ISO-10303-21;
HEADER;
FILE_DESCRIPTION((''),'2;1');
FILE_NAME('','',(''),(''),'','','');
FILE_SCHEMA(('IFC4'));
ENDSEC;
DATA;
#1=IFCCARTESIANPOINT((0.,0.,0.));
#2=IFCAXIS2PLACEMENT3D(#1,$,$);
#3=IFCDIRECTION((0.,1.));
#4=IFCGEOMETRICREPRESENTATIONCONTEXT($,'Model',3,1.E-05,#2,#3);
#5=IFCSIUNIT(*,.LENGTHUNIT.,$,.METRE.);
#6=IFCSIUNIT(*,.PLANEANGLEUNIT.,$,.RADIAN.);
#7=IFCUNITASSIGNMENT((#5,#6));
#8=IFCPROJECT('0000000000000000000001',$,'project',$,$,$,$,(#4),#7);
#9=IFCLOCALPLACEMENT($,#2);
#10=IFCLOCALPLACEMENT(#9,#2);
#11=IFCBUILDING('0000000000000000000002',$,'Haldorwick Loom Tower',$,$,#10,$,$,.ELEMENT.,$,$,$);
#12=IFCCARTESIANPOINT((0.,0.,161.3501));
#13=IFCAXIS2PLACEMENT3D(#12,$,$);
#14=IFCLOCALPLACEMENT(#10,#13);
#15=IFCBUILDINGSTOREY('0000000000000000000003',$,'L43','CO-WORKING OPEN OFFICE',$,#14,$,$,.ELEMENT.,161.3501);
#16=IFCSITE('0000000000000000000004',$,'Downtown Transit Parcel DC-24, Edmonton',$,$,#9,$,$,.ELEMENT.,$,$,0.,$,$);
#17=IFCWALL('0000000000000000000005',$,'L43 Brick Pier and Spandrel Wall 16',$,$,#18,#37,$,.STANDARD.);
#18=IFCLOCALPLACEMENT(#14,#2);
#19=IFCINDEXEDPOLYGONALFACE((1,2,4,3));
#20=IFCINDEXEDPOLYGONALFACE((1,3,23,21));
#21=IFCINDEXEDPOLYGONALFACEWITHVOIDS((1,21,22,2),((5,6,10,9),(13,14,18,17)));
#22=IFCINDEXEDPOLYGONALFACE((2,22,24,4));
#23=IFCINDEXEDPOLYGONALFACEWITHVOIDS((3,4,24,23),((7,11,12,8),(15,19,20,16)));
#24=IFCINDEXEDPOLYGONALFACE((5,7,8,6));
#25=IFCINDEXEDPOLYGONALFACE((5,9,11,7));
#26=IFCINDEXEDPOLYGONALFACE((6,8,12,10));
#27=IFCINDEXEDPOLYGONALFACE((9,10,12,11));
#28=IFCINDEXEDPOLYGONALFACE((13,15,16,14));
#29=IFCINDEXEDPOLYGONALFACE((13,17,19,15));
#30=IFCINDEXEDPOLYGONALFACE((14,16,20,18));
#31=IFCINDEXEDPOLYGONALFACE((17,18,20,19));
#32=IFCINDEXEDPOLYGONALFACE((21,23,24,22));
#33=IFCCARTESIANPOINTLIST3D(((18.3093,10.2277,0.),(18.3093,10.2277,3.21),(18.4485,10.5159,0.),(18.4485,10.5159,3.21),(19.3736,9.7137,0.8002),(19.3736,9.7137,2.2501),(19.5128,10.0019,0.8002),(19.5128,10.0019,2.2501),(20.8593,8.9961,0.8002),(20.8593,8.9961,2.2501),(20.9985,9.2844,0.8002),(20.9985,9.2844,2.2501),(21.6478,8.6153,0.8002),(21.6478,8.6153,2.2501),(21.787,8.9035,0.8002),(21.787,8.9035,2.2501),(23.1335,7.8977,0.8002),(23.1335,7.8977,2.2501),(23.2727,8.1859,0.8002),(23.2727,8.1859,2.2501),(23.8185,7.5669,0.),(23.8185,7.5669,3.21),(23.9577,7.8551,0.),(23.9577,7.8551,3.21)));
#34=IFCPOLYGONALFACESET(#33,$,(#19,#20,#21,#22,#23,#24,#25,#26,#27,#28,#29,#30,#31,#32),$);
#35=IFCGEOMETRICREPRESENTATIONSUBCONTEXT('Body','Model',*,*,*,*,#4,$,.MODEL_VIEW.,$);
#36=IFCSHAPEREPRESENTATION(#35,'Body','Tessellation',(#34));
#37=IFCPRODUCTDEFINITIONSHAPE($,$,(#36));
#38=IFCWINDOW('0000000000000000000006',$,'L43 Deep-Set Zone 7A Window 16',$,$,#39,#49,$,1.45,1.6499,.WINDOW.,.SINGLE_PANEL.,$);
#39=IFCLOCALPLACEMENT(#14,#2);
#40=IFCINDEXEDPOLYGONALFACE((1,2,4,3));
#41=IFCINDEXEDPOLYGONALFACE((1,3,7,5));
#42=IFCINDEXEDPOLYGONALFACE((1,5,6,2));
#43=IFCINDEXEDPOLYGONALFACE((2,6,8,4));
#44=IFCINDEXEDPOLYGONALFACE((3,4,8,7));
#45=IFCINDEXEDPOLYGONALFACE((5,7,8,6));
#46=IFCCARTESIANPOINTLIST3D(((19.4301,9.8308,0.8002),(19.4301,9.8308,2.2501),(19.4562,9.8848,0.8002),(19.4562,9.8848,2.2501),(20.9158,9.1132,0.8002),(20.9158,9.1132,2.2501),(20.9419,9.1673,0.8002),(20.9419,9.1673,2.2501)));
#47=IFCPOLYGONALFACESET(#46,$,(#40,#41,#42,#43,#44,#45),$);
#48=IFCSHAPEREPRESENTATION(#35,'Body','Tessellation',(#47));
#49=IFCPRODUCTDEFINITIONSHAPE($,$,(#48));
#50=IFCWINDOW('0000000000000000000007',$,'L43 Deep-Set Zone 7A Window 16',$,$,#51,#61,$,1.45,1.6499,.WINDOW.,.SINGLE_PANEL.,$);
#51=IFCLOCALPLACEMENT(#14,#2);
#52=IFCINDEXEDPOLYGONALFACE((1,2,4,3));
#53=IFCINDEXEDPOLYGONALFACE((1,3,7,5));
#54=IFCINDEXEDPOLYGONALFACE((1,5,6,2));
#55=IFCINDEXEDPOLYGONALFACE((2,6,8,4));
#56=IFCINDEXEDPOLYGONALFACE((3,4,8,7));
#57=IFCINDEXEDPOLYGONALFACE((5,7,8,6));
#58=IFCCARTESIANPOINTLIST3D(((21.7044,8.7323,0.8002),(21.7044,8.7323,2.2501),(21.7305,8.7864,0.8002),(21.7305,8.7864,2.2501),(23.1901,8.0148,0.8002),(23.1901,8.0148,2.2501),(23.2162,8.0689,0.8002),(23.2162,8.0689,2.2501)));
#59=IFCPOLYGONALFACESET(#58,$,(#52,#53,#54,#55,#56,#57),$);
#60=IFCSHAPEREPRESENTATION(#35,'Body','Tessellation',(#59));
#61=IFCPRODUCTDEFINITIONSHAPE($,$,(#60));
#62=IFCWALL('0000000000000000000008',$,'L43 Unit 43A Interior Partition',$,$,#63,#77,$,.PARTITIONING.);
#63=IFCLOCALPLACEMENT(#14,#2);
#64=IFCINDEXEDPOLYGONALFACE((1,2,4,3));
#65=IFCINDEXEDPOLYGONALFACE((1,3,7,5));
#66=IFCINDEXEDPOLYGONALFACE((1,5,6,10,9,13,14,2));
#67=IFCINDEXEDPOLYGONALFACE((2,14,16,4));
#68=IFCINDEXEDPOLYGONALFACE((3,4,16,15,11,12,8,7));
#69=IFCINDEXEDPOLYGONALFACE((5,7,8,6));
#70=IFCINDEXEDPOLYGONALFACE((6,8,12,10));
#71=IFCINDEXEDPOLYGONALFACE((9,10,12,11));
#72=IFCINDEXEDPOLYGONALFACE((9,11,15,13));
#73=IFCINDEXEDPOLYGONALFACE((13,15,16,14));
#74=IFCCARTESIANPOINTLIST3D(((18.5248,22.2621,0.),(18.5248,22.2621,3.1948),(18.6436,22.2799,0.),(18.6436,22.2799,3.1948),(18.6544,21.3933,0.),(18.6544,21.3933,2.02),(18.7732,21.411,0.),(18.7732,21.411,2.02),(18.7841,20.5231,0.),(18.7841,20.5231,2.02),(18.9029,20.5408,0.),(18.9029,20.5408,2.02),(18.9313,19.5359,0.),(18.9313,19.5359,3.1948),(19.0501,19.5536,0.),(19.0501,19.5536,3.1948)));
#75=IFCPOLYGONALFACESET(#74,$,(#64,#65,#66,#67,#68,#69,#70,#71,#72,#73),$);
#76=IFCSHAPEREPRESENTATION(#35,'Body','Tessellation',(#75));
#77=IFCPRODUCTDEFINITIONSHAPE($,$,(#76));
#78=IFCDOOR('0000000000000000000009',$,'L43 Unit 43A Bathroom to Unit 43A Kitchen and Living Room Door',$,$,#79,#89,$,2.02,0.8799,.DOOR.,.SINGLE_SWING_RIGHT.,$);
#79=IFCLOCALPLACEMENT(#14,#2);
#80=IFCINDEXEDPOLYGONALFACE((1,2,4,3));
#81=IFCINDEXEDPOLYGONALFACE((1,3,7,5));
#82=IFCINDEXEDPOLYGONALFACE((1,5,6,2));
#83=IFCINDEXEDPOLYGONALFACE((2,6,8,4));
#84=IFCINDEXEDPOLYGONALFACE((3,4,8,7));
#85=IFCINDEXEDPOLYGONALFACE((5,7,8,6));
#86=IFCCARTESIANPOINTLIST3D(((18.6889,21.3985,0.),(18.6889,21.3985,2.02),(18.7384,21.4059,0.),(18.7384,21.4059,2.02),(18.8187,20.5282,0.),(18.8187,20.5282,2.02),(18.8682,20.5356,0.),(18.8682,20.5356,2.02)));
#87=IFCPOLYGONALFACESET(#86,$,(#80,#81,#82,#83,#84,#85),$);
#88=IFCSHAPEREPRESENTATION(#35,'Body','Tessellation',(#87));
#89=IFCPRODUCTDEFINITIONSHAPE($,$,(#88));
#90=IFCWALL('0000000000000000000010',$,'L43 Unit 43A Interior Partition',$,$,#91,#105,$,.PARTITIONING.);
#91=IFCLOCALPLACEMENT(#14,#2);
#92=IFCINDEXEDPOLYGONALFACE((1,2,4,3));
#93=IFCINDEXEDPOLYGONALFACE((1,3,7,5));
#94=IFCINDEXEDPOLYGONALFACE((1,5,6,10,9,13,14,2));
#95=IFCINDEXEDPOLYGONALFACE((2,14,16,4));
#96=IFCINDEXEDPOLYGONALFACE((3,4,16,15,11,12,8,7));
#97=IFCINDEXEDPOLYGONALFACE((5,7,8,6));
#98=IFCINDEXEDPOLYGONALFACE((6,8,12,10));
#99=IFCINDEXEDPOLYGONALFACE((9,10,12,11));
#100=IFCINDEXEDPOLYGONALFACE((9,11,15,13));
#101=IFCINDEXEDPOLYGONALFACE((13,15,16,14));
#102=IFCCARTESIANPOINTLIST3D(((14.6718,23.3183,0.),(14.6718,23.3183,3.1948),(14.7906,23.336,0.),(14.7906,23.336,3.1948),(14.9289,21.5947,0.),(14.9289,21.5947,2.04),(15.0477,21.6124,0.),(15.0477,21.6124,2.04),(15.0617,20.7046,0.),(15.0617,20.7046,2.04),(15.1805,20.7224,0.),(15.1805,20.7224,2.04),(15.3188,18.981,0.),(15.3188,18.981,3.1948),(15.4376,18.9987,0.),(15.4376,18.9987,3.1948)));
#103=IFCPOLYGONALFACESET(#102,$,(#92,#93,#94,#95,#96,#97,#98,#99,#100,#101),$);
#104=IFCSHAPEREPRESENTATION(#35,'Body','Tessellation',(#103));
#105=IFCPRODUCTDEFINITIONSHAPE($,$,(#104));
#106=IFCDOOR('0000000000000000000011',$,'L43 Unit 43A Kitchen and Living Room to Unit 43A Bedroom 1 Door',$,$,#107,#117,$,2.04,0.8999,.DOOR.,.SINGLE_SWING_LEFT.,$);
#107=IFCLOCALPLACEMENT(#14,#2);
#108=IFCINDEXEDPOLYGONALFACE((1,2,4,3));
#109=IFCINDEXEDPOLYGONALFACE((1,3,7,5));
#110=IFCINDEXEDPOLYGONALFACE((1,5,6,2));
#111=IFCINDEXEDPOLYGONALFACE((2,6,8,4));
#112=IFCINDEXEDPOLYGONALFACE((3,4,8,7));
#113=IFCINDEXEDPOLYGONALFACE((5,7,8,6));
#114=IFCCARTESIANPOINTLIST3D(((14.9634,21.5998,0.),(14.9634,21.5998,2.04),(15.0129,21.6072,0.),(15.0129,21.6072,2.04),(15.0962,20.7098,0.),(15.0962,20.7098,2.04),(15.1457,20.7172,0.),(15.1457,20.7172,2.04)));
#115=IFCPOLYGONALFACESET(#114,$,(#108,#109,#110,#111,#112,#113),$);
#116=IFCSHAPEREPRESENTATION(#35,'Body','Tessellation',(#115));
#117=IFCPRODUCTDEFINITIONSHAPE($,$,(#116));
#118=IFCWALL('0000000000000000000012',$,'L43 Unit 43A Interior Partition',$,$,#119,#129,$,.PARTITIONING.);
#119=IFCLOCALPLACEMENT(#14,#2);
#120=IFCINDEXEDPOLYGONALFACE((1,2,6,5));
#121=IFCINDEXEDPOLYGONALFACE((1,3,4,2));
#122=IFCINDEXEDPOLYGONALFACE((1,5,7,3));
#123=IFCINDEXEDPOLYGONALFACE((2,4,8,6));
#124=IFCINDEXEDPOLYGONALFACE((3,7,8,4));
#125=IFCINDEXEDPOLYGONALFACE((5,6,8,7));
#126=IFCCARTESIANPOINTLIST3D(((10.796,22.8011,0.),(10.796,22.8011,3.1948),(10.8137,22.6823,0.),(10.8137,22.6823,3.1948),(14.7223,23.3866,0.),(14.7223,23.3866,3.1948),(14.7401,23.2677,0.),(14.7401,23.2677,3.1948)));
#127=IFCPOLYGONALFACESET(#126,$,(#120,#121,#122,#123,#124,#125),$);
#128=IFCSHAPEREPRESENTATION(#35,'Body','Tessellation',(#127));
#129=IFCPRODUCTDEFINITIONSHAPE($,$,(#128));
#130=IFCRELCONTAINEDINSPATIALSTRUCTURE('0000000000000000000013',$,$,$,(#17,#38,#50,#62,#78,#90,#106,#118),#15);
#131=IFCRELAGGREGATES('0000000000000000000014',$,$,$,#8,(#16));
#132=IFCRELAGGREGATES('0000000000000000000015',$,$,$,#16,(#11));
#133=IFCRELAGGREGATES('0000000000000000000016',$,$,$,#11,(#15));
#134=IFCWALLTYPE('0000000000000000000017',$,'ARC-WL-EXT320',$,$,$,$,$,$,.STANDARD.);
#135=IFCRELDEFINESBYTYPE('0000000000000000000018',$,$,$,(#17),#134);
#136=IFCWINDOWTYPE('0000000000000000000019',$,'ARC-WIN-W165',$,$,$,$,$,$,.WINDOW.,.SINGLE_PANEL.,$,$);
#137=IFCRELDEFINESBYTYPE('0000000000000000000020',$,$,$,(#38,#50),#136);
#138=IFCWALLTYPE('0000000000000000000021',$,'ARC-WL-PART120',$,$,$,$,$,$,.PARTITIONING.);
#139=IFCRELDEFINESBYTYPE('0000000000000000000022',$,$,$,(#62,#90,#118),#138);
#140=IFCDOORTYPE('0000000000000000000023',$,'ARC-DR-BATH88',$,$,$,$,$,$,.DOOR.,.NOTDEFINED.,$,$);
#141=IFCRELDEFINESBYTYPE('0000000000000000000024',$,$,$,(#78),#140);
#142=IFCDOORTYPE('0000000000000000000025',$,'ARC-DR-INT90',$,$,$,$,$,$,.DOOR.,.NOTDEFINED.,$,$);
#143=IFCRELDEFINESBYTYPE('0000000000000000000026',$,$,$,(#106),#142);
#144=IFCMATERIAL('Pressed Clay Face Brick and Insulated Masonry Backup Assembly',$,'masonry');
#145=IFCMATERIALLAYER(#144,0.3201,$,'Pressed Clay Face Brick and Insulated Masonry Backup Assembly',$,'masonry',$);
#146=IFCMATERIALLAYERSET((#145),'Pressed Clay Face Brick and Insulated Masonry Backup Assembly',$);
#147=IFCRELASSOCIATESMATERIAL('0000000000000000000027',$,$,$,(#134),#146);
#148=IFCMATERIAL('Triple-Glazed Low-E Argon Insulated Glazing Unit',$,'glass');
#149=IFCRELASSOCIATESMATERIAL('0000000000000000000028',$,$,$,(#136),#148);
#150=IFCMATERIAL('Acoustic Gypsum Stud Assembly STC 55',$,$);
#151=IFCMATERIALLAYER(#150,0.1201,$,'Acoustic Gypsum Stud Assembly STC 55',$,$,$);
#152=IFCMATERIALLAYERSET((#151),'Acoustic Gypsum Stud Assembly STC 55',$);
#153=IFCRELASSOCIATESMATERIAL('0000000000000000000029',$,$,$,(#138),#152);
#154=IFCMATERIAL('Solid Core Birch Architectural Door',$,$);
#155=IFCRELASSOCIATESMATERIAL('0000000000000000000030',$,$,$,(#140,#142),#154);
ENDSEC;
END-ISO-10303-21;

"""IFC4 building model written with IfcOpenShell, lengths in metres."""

from ifc_helpers import new_model, si_unit, direction, frame, frame_2d, origin, place, context, subcontext, project, spatial, rectangle, extrude, material, layer, layer_set, type_object, element, fill, save


model = new_model("IFC4")

# Units and contexts
model_context = context("Model", 3, precision=1e-05, world=origin(), true_north=direction((0.0, 1.0)))
body_context = subcontext(model_context, "Body", "Model", "MODEL_VIEW")
ifc_project = project(units=[si_unit("LENGTHUNIT", "METRE"), si_unit("PLANEANGLEUNIT", "RADIAN")], contexts=[model_context])

# Site, building, storey
site_placement = place(None, origin())
site = spatial("IfcSite", under=ifc_project, at=site_placement, Name="Downtown Transit Parcel DC-24, Edmonton", CompositionType="ELEMENT", RefElevation=0.0)
building_placement = place(site_placement, origin())
building = spatial("IfcBuilding", under=site, at=building_placement, Name="Haldorwick Loom Tower", CompositionType="ELEMENT")
storey_placement = place(building_placement, frame((0.0, 0.0, 161.3501)))
storey = spatial("IfcBuildingStorey", under=building, at=storey_placement, Name="L43", Description="CO-WORKING OPEN OFFICE", CompositionType="ELEMENT", Elevation=161.3501)

# Shared definitions
ifc_material_1 = material(Name="Pressed Clay Face Brick and Insulated Masonry Backup Assembly", Category="masonry")
ifc_layer_1 = layer(ifc_material_1, 0.3201, Name="Pressed Clay Face Brick and Insulated Masonry Backup Assembly", Category="masonry")
ifc_layer_set_1 = layer_set([ifc_layer_1], Name="Pressed Clay Face Brick and Insulated Masonry Backup Assembly")
wall_type_1 = type_object("IfcWallType", Name="ARC-WL-EXT320", PredefinedType="STANDARD", material=ifc_layer_set_1)

# Wall, openings, windows
wall_1_placement = place(storey_placement, frame((18.3789, 10.3718, 0.0), z_axis=(0.0, 0.0, 1.0), x_axis=(0.900472, -0.434913, 0.0)))
wall_1 = element("IfcWall", 1, at=wall_1_placement, inside=storey, type_object=wall_type_1, Name="L43 Brick Pier and Spandrel Wall 16", PredefinedType="STANDARD", context=body_context, shape_type="SweptSolid", body=[
    extrude(rectangle(XDim=6.1182, YDim=0.3201, at=frame_2d((3.0591, 0.0))), origin(), (0.0, 0.0, 1.0), 3.21),
])
opening_1_placement = place(wall_1_placement, frame((1.1819, 0.0, 0.8)))
opening_1 = element("IfcOpeningElement", 2, at=opening_1_placement, cuts=wall_1, PredefinedType="OPENING", context=body_context, shape_type="SweptSolid", body=[
    extrude(rectangle(XDim=1.6499, YDim=1.45, at=frame_2d((0.825, 0.7251))), frame((0.0, 0.1699, 0.0), z_axis=(0.0, -1.0, 0.0), x_axis=(1.0, 0.0, 0.0)), (0.0, 0.0, 1.0), 0.3401),
])
opening_2_placement = place(wall_1_placement, frame((3.7075, 0.0, 0.8)))
opening_2 = element("IfcOpeningElement", 3, at=opening_2_placement, cuts=wall_1, PredefinedType="OPENING", context=body_context, shape_type="SweptSolid", body=[
    extrude(rectangle(XDim=1.6499, YDim=1.45, at=frame_2d((0.825, 0.7251))), frame((0.0, 0.1699, 0.0), z_axis=(0.0, -1.0, 0.0), x_axis=(1.0, 0.0, 0.0)), (0.0, 0.0, 1.0), 0.3401),
])
ifc_material_2 = material(Name="Triple-Glazed Low-E Argon Insulated Glazing Unit", Category="glass")
window_type = type_object("IfcWindowType", Name="ARC-WIN-W165", PartitioningType="SINGLE_PANEL", PredefinedType="WINDOW", material=ifc_material_2)
window_1_placement = place(opening_1_placement, origin())
window_1 = element("IfcWindow", 4, at=window_1_placement, inside=storey, type_object=window_type, Name="L43 Deep-Set Zone 7A Window 16", OverallHeight=1.45, OverallWidth=1.6499, PartitioningType="SINGLE_PANEL", PredefinedType="WINDOW", context=body_context, shape_type="SweptSolid", body=[
    extrude(rectangle(XDim=1.6499, YDim=1.45, at=frame_2d((0.825, 0.7251))), frame((0.0, 0.03, 0.0), z_axis=(0.0, -1.0, 0.0), x_axis=(1.0, 0.0, 0.0)), (0.0, 0.0, 1.0), 0.0601),
])
fill(opening_1, window_1)
window_2_placement = place(opening_2_placement, origin())
window_2 = element("IfcWindow", 5, at=window_2_placement, inside=storey, type_object=window_type, Name="L43 Deep-Set Zone 7A Window 16", OverallHeight=1.45, OverallWidth=1.6499, PartitioningType="SINGLE_PANEL", PredefinedType="WINDOW", context=body_context, shape_type="SweptSolid", body=[
    extrude(rectangle(XDim=1.6499, YDim=1.45, at=frame_2d((0.825, 0.7251))), frame((0.0, 0.03, 0.0), z_axis=(0.0, -1.0, 0.0), x_axis=(1.0, 0.0, 0.0)), (0.0, 0.0, 1.0), 0.0601),
])
fill(opening_2, window_2)

# Walls, openings, doors
ifc_material_3 = material(Name="Acoustic Gypsum Stud Assembly STC 55")
ifc_layer_2 = layer(ifc_material_3, 0.1201, Name="Acoustic Gypsum Stud Assembly STC 55")
ifc_layer_set_2 = layer_set([ifc_layer_2], Name="Acoustic Gypsum Stud Assembly STC 55")
wall_type_2 = type_object("IfcWallType", Name="ARC-WL-PART120", PredefinedType="PARTITIONING", material=ifc_layer_set_2)
wall_2_placement = place(storey_placement, frame((18.5842, 22.271, 0.0), z_axis=(0.0, 0.0, 1.0), x_axis=(0.14747, -0.989067, 0.0)))
wall_2 = element("IfcWall", 6, at=wall_2_placement, inside=storey, type_object=wall_type_2, Name="L43 Unit 43A Interior Partition", PredefinedType="PARTITIONING", context=body_context, shape_type="SweptSolid", body=[
    extrude(rectangle(XDim=2.7563, YDim=0.1201, at=frame_2d((1.3782, 0.0))), origin(), (0.0, 0.0, 1.0), 3.1948),
])
opening_3_placement = place(wall_2_placement, frame((0.8784, 0.0, 0.0)))
opening_3 = element("IfcOpeningElement", 7, at=opening_3_placement, cuts=wall_2, PredefinedType="OPENING", context=body_context, shape_type="SweptSolid", body=[
    extrude(rectangle(XDim=0.8799, YDim=2.02, at=frame_2d((0.4399, 1.01))), frame((0.0, 0.0701, 0.0), z_axis=(0.0, -1.0, 0.0), x_axis=(1.0, 0.0, 0.0)), (0.0, 0.0, 1.0), 0.1401),
])
ifc_material_4 = material(Name="Solid Core Birch Architectural Door")
door_type_1 = type_object("IfcDoorType", Name="ARC-DR-BATH88", OperationType="NOTDEFINED", PredefinedType="DOOR", material=ifc_material_4)
door_1_placement = place(opening_3_placement, origin())
door_1 = element("IfcDoor", 8, at=door_1_placement, inside=storey, type_object=door_type_1, Name="L43 Unit 43A Bathroom to Unit 43A Kitchen and Living Room Door", OperationType="SINGLE_SWING_RIGHT", OverallHeight=2.02, OverallWidth=0.8799, PredefinedType="DOOR", context=body_context, shape_type="SweptSolid", body=[
    extrude(rectangle(XDim=0.8799, YDim=2.02, at=frame_2d((0.4399, 1.01))), frame((0.0, 0.0249, 0.0), z_axis=(0.0, -1.0, 0.0), x_axis=(1.0, 0.0, 0.0)), (0.0, 0.0, 1.0), 0.05),
])
fill(opening_3, door_1)
wall_3_placement = place(storey_placement, frame((14.7312, 23.3271, 0.0), z_axis=(0.0, 0.0, 1.0), x_axis=(0.147537, -0.989056, 0.0)))
wall_3 = element("IfcWall", 9, at=wall_3_placement, inside=storey, type_object=wall_type_2, Name="L43 Unit 43A Interior Partition", PredefinedType="PARTITIONING", context=body_context, shape_type="SweptSolid", body=[
    extrude(rectangle(XDim=4.3853, YDim=0.1201, at=frame_2d((2.1926, 0.0))), origin(), (0.0, 0.0, 1.0), 3.1948),
])
opening_4_placement = place(wall_3_placement, frame((1.7427, 0.0, 0.0)))
opening_4 = element("IfcOpeningElement", 10, at=opening_4_placement, cuts=wall_3, PredefinedType="OPENING", context=body_context, shape_type="SweptSolid", body=[
    extrude(rectangle(XDim=0.8999, YDim=2.04, at=frame_2d((0.45, 1.02))), frame((0.0, 0.0701, 0.0), z_axis=(0.0, -1.0, 0.0), x_axis=(1.0, 0.0, 0.0)), (0.0, 0.0, 1.0), 0.1401),
])
door_type_2 = type_object("IfcDoorType", Name="ARC-DR-INT90", OperationType="NOTDEFINED", PredefinedType="DOOR", material=ifc_material_4)
door_2_placement = place(opening_4_placement, origin())
door_2 = element("IfcDoor", 11, at=door_2_placement, inside=storey, type_object=door_type_2, Name="L43 Unit 43A Kitchen and Living Room to Unit 43A Bedroom 1 Door", OperationType="SINGLE_SWING_LEFT", OverallHeight=2.04, OverallWidth=0.8999, PredefinedType="DOOR", context=body_context, shape_type="SweptSolid", body=[
    extrude(rectangle(XDim=0.8999, YDim=2.04, at=frame_2d((0.45, 1.02))), frame((0.0, 0.0249, 0.0), z_axis=(0.0, -1.0, 0.0), x_axis=(1.0, 0.0, 0.0)), (0.0, 0.0, 1.0), 0.05),
])
fill(opening_4, door_2)

# Wall
wall_4_placement = place(storey_placement, frame((14.7312, 23.3271, 0.0), z_axis=(0.0, 0.0, 1.0), x_axis=(-0.989065, -0.14748, 0.0)))
element("IfcWall", 12, at=wall_4_placement, inside=storey, type_object=wall_type_2, Name="L43 Unit 43A Interior Partition", PredefinedType="PARTITIONING", context=body_context, shape_type="SweptSolid", body=[
    extrude(rectangle(XDim=3.9697, YDim=0.1201, at=frame_2d((1.9849, 0.0))), origin(), (0.0, 0.0, 1.0), 3.1948),
])

save(model, "model.ifc")
